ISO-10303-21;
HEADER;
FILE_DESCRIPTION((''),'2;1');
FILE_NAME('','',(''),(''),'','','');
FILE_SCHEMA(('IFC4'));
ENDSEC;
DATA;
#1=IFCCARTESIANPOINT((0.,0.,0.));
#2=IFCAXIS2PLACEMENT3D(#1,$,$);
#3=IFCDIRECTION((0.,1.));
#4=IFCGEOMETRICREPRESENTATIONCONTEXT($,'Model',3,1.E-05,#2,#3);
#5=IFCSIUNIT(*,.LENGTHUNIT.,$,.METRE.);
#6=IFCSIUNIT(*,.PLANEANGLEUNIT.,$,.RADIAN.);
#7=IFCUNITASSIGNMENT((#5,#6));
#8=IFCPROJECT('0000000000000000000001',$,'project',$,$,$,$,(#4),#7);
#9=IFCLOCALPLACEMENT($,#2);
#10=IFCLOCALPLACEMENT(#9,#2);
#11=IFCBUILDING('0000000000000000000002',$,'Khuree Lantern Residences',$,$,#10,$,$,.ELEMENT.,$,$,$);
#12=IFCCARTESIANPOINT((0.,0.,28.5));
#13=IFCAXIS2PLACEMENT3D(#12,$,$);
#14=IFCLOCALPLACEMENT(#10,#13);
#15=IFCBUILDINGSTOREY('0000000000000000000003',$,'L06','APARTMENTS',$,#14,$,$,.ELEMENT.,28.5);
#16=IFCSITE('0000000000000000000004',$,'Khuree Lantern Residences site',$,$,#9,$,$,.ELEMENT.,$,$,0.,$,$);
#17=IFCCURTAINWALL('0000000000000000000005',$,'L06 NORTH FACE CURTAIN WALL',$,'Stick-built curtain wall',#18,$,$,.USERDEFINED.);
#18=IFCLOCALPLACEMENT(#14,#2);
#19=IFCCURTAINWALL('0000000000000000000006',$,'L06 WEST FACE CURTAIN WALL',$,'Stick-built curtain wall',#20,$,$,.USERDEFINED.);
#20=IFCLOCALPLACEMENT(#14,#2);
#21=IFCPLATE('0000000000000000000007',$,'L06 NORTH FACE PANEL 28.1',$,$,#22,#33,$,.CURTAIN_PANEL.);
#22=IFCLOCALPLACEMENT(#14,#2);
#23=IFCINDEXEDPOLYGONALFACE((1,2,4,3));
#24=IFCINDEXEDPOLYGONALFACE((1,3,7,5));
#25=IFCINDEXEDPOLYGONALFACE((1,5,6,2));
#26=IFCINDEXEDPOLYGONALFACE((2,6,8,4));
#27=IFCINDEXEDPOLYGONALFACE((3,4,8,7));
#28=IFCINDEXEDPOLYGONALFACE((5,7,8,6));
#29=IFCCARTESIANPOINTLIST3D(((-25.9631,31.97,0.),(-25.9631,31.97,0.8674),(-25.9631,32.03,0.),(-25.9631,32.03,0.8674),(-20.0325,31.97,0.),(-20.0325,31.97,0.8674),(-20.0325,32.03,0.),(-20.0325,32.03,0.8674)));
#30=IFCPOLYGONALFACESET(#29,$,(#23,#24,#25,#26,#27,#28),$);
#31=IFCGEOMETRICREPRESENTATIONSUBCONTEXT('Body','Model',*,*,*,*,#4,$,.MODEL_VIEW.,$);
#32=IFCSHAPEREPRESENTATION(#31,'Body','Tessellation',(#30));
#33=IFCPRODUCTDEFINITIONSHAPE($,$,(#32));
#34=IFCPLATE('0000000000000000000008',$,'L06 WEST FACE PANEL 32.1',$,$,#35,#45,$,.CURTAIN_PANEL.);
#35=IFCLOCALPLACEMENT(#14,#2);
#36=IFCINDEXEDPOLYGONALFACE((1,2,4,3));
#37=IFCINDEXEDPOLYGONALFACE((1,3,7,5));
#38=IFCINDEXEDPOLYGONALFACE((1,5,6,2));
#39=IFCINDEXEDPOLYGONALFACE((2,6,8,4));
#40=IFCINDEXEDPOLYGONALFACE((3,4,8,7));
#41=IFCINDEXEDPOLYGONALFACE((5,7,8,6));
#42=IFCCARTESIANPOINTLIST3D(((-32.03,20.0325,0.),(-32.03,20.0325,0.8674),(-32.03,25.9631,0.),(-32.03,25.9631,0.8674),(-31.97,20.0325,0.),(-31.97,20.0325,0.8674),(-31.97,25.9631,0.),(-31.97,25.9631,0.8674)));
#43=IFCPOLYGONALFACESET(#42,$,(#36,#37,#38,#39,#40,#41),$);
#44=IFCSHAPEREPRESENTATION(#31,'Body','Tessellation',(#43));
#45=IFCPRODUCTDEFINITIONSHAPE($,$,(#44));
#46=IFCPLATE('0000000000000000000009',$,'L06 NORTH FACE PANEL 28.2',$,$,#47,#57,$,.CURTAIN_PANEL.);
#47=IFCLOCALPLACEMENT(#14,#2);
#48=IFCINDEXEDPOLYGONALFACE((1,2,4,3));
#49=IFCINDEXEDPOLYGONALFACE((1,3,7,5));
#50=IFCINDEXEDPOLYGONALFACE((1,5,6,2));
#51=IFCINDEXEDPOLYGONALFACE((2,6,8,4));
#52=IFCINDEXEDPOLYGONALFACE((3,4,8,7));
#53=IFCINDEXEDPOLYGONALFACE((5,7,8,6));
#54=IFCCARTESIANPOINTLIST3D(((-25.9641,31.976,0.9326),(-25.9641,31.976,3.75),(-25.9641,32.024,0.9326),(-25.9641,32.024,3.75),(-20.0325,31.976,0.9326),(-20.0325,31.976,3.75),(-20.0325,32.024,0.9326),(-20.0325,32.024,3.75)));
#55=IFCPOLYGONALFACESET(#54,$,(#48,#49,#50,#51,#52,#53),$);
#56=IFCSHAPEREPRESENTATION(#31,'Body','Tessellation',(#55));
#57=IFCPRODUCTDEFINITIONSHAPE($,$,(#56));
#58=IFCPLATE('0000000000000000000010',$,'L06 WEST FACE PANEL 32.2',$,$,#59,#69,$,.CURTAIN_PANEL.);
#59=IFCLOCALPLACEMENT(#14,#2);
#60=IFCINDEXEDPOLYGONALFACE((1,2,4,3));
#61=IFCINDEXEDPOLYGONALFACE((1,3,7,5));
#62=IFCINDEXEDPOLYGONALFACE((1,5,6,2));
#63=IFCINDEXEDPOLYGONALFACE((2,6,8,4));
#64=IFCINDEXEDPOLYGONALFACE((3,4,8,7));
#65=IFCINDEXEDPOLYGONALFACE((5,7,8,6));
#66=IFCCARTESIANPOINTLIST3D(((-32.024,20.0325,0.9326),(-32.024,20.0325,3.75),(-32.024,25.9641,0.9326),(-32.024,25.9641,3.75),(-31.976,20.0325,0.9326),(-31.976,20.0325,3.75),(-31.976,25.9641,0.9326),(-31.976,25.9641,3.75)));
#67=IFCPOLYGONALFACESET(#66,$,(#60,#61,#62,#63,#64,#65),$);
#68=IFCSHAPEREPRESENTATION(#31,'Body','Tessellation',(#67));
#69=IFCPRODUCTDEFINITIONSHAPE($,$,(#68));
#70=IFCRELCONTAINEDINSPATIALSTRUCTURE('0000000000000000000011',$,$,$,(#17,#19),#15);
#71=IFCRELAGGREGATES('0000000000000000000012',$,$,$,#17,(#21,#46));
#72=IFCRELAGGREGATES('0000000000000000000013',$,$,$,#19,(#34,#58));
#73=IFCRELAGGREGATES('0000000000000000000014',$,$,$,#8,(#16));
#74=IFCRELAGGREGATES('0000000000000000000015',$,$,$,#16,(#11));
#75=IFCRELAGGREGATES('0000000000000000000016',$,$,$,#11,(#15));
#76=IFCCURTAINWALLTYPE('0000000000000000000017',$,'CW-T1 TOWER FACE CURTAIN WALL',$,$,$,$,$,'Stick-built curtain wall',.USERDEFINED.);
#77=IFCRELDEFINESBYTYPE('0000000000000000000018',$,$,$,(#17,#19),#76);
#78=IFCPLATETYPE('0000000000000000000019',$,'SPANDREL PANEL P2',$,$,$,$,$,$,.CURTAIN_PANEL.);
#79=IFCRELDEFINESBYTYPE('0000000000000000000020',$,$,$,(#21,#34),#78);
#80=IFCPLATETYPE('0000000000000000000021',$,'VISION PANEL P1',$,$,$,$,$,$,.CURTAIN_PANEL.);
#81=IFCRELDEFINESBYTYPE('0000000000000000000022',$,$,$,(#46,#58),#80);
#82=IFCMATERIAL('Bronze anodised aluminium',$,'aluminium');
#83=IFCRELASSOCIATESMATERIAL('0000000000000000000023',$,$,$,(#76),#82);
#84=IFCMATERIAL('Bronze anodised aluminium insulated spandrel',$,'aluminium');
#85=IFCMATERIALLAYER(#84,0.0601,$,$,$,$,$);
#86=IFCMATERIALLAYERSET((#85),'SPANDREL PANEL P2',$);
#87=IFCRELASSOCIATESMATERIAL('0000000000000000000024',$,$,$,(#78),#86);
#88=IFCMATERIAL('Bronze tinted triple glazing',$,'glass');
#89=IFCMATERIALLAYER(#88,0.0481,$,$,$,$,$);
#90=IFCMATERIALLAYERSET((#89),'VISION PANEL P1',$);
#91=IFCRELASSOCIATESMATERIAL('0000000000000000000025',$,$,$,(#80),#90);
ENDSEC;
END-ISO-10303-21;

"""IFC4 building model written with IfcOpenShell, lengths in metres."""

from ifc_helpers import new_model, si_unit, direction, frame, origin, origin_2d, place, context, subcontext, project, spatial, rectangle, extrude, material, layer, layer_set, type_object, element, aggregate, save


model = new_model("IFC4")

# Units and contexts
model_context = context("Model", 3, precision=1e-05, world=origin(), true_north=direction((0.0, 1.0)))
body_context = subcontext(model_context, "Body", "Model", "MODEL_VIEW")
ifc_project = project(units=[si_unit("LENGTHUNIT", "METRE"), si_unit("PLANEANGLEUNIT", "RADIAN")], contexts=[model_context])

# Site, building, storey
site_placement = place(None, origin())
site = spatial("IfcSite", under=ifc_project, at=site_placement, Name="Khuree Lantern Residences site", CompositionType="ELEMENT", RefElevation=0.0)
building_placement = place(site_placement, origin())
building = spatial("IfcBuilding", under=site, at=building_placement, Name="Khuree Lantern Residences", CompositionType="ELEMENT")
storey_placement = place(building_placement, frame((0.0, 0.0, 28.5)))
storey = spatial("IfcBuildingStorey", under=building, at=storey_placement, Name="L06", Description="APARTMENTS", CompositionType="ELEMENT", Elevation=28.5)

# Curtain wall
ifc_material_1 = material(Name="Bronze anodised aluminium", Category="aluminium")
curtain_wall_type_1 = type_object("IfcCurtainWallType", Name="CW-T1 TOWER FACE CURTAIN WALL", ElementType="Stick-built curtain wall", PredefinedType="USERDEFINED", material=ifc_material_1)
curtain_wall_1_placement = place(storey_placement, origin())
curtain_wall_1 = element("IfcCurtainWall", 1, at=curtain_wall_1_placement, inside=storey, type_object=curtain_wall_type_1, Name="L06 NORTH FACE CURTAIN WALL", ObjectType="Stick-built curtain wall", PredefinedType="USERDEFINED")

# Curtain wall
curtain_wall_2_placement = place(storey_placement, origin())
curtain_wall_2 = element("IfcCurtainWall", 2, at=curtain_wall_2_placement, inside=storey, type_object=curtain_wall_type_1, Name="L06 WEST FACE CURTAIN WALL", ObjectType="Stick-built curtain wall", PredefinedType="USERDEFINED")

# Plates
ifc_material_2 = material(Name="Bronze tinted triple glazing", Category="glass")
ifc_material_3 = material(Name="Bronze anodised aluminium insulated spandrel", Category="aluminium")
ifc_layer_1 = layer(ifc_material_3, 0.0601)
ifc_layer_set_1 = layer_set([ifc_layer_1], Name="SPANDREL PANEL P2")
plate_type_1 = type_object("IfcPlateType", Name="SPANDREL PANEL P2", PredefinedType="CURTAIN_PANEL", material=ifc_layer_set_1)
plate_1_placement = place(storey_placement, frame((-22.9978, 32.0, 0.0), z_axis=(0.0, 0.0, 1.0), x_axis=(-1.0, 0.0, 0.0)))
plate_1 = element("IfcPlate", 3, at=plate_1_placement, type_object=plate_type_1, Name="L06 NORTH FACE PANEL 28.1", PredefinedType="CURTAIN_PANEL", context=body_context, shape_type="SweptSolid", body=[
    extrude(rectangle(XDim=5.9307, YDim=0.0601, at=origin_2d()), origin(), (0.0, 0.0, 1.0), 0.8674),
])
plate_2_placement = place(storey_placement, frame((-32.0, 22.9978, 0.0), z_axis=(0.0, 0.0, 1.0), x_axis=(0.0, -1.0, 0.0)))
plate_2 = element("IfcPlate", 4, at=plate_2_placement, type_object=plate_type_1, Name="L06 WEST FACE PANEL 32.1", PredefinedType="CURTAIN_PANEL", context=body_context, shape_type="SweptSolid", body=[
    extrude(rectangle(XDim=5.9307, YDim=0.0601, at=origin_2d()), origin(), (0.0, 0.0, 1.0), 0.8674),
])
ifc_layer_2 = layer(ifc_material_2, 0.0481)
ifc_layer_set_2 = layer_set([ifc_layer_2], Name="VISION PANEL P1")
plate_type_2 = type_object("IfcPlateType", Name="VISION PANEL P1", PredefinedType="CURTAIN_PANEL", material=ifc_layer_set_2)
plate_3_placement = place(storey_placement, frame((-22.9983, 32.0, 0.9326), z_axis=(0.0, 0.0, 1.0), x_axis=(-1.0, 0.0, 0.0)))
plate_3 = element("IfcPlate", 5, at=plate_3_placement, type_object=plate_type_2, Name="L06 NORTH FACE PANEL 28.2", PredefinedType="CURTAIN_PANEL", context=body_context, shape_type="SweptSolid", body=[
    extrude(rectangle(XDim=5.9316, YDim=0.0481, at=origin_2d()), origin(), (0.0, 0.0, 1.0), 2.8174),
])
aggregate(curtain_wall_1, [plate_1, plate_3])
plate_4_placement = place(storey_placement, frame((-32.0, 22.9983, 0.9326), z_axis=(0.0, 0.0, 1.0), x_axis=(0.0, -1.0, 0.0)))
plate_4 = element("IfcPlate", 6, at=plate_4_placement, type_object=plate_type_2, Name="L06 WEST FACE PANEL 32.2", PredefinedType="CURTAIN_PANEL", context=body_context, shape_type="SweptSolid", body=[
    extrude(rectangle(XDim=5.9316, YDim=0.0481, at=origin_2d()), origin(), (0.0, 0.0, 1.0), 2.8174),
])
aggregate(curtain_wall_2, [plate_2, plate_4])

save(model, "model.ifc")
